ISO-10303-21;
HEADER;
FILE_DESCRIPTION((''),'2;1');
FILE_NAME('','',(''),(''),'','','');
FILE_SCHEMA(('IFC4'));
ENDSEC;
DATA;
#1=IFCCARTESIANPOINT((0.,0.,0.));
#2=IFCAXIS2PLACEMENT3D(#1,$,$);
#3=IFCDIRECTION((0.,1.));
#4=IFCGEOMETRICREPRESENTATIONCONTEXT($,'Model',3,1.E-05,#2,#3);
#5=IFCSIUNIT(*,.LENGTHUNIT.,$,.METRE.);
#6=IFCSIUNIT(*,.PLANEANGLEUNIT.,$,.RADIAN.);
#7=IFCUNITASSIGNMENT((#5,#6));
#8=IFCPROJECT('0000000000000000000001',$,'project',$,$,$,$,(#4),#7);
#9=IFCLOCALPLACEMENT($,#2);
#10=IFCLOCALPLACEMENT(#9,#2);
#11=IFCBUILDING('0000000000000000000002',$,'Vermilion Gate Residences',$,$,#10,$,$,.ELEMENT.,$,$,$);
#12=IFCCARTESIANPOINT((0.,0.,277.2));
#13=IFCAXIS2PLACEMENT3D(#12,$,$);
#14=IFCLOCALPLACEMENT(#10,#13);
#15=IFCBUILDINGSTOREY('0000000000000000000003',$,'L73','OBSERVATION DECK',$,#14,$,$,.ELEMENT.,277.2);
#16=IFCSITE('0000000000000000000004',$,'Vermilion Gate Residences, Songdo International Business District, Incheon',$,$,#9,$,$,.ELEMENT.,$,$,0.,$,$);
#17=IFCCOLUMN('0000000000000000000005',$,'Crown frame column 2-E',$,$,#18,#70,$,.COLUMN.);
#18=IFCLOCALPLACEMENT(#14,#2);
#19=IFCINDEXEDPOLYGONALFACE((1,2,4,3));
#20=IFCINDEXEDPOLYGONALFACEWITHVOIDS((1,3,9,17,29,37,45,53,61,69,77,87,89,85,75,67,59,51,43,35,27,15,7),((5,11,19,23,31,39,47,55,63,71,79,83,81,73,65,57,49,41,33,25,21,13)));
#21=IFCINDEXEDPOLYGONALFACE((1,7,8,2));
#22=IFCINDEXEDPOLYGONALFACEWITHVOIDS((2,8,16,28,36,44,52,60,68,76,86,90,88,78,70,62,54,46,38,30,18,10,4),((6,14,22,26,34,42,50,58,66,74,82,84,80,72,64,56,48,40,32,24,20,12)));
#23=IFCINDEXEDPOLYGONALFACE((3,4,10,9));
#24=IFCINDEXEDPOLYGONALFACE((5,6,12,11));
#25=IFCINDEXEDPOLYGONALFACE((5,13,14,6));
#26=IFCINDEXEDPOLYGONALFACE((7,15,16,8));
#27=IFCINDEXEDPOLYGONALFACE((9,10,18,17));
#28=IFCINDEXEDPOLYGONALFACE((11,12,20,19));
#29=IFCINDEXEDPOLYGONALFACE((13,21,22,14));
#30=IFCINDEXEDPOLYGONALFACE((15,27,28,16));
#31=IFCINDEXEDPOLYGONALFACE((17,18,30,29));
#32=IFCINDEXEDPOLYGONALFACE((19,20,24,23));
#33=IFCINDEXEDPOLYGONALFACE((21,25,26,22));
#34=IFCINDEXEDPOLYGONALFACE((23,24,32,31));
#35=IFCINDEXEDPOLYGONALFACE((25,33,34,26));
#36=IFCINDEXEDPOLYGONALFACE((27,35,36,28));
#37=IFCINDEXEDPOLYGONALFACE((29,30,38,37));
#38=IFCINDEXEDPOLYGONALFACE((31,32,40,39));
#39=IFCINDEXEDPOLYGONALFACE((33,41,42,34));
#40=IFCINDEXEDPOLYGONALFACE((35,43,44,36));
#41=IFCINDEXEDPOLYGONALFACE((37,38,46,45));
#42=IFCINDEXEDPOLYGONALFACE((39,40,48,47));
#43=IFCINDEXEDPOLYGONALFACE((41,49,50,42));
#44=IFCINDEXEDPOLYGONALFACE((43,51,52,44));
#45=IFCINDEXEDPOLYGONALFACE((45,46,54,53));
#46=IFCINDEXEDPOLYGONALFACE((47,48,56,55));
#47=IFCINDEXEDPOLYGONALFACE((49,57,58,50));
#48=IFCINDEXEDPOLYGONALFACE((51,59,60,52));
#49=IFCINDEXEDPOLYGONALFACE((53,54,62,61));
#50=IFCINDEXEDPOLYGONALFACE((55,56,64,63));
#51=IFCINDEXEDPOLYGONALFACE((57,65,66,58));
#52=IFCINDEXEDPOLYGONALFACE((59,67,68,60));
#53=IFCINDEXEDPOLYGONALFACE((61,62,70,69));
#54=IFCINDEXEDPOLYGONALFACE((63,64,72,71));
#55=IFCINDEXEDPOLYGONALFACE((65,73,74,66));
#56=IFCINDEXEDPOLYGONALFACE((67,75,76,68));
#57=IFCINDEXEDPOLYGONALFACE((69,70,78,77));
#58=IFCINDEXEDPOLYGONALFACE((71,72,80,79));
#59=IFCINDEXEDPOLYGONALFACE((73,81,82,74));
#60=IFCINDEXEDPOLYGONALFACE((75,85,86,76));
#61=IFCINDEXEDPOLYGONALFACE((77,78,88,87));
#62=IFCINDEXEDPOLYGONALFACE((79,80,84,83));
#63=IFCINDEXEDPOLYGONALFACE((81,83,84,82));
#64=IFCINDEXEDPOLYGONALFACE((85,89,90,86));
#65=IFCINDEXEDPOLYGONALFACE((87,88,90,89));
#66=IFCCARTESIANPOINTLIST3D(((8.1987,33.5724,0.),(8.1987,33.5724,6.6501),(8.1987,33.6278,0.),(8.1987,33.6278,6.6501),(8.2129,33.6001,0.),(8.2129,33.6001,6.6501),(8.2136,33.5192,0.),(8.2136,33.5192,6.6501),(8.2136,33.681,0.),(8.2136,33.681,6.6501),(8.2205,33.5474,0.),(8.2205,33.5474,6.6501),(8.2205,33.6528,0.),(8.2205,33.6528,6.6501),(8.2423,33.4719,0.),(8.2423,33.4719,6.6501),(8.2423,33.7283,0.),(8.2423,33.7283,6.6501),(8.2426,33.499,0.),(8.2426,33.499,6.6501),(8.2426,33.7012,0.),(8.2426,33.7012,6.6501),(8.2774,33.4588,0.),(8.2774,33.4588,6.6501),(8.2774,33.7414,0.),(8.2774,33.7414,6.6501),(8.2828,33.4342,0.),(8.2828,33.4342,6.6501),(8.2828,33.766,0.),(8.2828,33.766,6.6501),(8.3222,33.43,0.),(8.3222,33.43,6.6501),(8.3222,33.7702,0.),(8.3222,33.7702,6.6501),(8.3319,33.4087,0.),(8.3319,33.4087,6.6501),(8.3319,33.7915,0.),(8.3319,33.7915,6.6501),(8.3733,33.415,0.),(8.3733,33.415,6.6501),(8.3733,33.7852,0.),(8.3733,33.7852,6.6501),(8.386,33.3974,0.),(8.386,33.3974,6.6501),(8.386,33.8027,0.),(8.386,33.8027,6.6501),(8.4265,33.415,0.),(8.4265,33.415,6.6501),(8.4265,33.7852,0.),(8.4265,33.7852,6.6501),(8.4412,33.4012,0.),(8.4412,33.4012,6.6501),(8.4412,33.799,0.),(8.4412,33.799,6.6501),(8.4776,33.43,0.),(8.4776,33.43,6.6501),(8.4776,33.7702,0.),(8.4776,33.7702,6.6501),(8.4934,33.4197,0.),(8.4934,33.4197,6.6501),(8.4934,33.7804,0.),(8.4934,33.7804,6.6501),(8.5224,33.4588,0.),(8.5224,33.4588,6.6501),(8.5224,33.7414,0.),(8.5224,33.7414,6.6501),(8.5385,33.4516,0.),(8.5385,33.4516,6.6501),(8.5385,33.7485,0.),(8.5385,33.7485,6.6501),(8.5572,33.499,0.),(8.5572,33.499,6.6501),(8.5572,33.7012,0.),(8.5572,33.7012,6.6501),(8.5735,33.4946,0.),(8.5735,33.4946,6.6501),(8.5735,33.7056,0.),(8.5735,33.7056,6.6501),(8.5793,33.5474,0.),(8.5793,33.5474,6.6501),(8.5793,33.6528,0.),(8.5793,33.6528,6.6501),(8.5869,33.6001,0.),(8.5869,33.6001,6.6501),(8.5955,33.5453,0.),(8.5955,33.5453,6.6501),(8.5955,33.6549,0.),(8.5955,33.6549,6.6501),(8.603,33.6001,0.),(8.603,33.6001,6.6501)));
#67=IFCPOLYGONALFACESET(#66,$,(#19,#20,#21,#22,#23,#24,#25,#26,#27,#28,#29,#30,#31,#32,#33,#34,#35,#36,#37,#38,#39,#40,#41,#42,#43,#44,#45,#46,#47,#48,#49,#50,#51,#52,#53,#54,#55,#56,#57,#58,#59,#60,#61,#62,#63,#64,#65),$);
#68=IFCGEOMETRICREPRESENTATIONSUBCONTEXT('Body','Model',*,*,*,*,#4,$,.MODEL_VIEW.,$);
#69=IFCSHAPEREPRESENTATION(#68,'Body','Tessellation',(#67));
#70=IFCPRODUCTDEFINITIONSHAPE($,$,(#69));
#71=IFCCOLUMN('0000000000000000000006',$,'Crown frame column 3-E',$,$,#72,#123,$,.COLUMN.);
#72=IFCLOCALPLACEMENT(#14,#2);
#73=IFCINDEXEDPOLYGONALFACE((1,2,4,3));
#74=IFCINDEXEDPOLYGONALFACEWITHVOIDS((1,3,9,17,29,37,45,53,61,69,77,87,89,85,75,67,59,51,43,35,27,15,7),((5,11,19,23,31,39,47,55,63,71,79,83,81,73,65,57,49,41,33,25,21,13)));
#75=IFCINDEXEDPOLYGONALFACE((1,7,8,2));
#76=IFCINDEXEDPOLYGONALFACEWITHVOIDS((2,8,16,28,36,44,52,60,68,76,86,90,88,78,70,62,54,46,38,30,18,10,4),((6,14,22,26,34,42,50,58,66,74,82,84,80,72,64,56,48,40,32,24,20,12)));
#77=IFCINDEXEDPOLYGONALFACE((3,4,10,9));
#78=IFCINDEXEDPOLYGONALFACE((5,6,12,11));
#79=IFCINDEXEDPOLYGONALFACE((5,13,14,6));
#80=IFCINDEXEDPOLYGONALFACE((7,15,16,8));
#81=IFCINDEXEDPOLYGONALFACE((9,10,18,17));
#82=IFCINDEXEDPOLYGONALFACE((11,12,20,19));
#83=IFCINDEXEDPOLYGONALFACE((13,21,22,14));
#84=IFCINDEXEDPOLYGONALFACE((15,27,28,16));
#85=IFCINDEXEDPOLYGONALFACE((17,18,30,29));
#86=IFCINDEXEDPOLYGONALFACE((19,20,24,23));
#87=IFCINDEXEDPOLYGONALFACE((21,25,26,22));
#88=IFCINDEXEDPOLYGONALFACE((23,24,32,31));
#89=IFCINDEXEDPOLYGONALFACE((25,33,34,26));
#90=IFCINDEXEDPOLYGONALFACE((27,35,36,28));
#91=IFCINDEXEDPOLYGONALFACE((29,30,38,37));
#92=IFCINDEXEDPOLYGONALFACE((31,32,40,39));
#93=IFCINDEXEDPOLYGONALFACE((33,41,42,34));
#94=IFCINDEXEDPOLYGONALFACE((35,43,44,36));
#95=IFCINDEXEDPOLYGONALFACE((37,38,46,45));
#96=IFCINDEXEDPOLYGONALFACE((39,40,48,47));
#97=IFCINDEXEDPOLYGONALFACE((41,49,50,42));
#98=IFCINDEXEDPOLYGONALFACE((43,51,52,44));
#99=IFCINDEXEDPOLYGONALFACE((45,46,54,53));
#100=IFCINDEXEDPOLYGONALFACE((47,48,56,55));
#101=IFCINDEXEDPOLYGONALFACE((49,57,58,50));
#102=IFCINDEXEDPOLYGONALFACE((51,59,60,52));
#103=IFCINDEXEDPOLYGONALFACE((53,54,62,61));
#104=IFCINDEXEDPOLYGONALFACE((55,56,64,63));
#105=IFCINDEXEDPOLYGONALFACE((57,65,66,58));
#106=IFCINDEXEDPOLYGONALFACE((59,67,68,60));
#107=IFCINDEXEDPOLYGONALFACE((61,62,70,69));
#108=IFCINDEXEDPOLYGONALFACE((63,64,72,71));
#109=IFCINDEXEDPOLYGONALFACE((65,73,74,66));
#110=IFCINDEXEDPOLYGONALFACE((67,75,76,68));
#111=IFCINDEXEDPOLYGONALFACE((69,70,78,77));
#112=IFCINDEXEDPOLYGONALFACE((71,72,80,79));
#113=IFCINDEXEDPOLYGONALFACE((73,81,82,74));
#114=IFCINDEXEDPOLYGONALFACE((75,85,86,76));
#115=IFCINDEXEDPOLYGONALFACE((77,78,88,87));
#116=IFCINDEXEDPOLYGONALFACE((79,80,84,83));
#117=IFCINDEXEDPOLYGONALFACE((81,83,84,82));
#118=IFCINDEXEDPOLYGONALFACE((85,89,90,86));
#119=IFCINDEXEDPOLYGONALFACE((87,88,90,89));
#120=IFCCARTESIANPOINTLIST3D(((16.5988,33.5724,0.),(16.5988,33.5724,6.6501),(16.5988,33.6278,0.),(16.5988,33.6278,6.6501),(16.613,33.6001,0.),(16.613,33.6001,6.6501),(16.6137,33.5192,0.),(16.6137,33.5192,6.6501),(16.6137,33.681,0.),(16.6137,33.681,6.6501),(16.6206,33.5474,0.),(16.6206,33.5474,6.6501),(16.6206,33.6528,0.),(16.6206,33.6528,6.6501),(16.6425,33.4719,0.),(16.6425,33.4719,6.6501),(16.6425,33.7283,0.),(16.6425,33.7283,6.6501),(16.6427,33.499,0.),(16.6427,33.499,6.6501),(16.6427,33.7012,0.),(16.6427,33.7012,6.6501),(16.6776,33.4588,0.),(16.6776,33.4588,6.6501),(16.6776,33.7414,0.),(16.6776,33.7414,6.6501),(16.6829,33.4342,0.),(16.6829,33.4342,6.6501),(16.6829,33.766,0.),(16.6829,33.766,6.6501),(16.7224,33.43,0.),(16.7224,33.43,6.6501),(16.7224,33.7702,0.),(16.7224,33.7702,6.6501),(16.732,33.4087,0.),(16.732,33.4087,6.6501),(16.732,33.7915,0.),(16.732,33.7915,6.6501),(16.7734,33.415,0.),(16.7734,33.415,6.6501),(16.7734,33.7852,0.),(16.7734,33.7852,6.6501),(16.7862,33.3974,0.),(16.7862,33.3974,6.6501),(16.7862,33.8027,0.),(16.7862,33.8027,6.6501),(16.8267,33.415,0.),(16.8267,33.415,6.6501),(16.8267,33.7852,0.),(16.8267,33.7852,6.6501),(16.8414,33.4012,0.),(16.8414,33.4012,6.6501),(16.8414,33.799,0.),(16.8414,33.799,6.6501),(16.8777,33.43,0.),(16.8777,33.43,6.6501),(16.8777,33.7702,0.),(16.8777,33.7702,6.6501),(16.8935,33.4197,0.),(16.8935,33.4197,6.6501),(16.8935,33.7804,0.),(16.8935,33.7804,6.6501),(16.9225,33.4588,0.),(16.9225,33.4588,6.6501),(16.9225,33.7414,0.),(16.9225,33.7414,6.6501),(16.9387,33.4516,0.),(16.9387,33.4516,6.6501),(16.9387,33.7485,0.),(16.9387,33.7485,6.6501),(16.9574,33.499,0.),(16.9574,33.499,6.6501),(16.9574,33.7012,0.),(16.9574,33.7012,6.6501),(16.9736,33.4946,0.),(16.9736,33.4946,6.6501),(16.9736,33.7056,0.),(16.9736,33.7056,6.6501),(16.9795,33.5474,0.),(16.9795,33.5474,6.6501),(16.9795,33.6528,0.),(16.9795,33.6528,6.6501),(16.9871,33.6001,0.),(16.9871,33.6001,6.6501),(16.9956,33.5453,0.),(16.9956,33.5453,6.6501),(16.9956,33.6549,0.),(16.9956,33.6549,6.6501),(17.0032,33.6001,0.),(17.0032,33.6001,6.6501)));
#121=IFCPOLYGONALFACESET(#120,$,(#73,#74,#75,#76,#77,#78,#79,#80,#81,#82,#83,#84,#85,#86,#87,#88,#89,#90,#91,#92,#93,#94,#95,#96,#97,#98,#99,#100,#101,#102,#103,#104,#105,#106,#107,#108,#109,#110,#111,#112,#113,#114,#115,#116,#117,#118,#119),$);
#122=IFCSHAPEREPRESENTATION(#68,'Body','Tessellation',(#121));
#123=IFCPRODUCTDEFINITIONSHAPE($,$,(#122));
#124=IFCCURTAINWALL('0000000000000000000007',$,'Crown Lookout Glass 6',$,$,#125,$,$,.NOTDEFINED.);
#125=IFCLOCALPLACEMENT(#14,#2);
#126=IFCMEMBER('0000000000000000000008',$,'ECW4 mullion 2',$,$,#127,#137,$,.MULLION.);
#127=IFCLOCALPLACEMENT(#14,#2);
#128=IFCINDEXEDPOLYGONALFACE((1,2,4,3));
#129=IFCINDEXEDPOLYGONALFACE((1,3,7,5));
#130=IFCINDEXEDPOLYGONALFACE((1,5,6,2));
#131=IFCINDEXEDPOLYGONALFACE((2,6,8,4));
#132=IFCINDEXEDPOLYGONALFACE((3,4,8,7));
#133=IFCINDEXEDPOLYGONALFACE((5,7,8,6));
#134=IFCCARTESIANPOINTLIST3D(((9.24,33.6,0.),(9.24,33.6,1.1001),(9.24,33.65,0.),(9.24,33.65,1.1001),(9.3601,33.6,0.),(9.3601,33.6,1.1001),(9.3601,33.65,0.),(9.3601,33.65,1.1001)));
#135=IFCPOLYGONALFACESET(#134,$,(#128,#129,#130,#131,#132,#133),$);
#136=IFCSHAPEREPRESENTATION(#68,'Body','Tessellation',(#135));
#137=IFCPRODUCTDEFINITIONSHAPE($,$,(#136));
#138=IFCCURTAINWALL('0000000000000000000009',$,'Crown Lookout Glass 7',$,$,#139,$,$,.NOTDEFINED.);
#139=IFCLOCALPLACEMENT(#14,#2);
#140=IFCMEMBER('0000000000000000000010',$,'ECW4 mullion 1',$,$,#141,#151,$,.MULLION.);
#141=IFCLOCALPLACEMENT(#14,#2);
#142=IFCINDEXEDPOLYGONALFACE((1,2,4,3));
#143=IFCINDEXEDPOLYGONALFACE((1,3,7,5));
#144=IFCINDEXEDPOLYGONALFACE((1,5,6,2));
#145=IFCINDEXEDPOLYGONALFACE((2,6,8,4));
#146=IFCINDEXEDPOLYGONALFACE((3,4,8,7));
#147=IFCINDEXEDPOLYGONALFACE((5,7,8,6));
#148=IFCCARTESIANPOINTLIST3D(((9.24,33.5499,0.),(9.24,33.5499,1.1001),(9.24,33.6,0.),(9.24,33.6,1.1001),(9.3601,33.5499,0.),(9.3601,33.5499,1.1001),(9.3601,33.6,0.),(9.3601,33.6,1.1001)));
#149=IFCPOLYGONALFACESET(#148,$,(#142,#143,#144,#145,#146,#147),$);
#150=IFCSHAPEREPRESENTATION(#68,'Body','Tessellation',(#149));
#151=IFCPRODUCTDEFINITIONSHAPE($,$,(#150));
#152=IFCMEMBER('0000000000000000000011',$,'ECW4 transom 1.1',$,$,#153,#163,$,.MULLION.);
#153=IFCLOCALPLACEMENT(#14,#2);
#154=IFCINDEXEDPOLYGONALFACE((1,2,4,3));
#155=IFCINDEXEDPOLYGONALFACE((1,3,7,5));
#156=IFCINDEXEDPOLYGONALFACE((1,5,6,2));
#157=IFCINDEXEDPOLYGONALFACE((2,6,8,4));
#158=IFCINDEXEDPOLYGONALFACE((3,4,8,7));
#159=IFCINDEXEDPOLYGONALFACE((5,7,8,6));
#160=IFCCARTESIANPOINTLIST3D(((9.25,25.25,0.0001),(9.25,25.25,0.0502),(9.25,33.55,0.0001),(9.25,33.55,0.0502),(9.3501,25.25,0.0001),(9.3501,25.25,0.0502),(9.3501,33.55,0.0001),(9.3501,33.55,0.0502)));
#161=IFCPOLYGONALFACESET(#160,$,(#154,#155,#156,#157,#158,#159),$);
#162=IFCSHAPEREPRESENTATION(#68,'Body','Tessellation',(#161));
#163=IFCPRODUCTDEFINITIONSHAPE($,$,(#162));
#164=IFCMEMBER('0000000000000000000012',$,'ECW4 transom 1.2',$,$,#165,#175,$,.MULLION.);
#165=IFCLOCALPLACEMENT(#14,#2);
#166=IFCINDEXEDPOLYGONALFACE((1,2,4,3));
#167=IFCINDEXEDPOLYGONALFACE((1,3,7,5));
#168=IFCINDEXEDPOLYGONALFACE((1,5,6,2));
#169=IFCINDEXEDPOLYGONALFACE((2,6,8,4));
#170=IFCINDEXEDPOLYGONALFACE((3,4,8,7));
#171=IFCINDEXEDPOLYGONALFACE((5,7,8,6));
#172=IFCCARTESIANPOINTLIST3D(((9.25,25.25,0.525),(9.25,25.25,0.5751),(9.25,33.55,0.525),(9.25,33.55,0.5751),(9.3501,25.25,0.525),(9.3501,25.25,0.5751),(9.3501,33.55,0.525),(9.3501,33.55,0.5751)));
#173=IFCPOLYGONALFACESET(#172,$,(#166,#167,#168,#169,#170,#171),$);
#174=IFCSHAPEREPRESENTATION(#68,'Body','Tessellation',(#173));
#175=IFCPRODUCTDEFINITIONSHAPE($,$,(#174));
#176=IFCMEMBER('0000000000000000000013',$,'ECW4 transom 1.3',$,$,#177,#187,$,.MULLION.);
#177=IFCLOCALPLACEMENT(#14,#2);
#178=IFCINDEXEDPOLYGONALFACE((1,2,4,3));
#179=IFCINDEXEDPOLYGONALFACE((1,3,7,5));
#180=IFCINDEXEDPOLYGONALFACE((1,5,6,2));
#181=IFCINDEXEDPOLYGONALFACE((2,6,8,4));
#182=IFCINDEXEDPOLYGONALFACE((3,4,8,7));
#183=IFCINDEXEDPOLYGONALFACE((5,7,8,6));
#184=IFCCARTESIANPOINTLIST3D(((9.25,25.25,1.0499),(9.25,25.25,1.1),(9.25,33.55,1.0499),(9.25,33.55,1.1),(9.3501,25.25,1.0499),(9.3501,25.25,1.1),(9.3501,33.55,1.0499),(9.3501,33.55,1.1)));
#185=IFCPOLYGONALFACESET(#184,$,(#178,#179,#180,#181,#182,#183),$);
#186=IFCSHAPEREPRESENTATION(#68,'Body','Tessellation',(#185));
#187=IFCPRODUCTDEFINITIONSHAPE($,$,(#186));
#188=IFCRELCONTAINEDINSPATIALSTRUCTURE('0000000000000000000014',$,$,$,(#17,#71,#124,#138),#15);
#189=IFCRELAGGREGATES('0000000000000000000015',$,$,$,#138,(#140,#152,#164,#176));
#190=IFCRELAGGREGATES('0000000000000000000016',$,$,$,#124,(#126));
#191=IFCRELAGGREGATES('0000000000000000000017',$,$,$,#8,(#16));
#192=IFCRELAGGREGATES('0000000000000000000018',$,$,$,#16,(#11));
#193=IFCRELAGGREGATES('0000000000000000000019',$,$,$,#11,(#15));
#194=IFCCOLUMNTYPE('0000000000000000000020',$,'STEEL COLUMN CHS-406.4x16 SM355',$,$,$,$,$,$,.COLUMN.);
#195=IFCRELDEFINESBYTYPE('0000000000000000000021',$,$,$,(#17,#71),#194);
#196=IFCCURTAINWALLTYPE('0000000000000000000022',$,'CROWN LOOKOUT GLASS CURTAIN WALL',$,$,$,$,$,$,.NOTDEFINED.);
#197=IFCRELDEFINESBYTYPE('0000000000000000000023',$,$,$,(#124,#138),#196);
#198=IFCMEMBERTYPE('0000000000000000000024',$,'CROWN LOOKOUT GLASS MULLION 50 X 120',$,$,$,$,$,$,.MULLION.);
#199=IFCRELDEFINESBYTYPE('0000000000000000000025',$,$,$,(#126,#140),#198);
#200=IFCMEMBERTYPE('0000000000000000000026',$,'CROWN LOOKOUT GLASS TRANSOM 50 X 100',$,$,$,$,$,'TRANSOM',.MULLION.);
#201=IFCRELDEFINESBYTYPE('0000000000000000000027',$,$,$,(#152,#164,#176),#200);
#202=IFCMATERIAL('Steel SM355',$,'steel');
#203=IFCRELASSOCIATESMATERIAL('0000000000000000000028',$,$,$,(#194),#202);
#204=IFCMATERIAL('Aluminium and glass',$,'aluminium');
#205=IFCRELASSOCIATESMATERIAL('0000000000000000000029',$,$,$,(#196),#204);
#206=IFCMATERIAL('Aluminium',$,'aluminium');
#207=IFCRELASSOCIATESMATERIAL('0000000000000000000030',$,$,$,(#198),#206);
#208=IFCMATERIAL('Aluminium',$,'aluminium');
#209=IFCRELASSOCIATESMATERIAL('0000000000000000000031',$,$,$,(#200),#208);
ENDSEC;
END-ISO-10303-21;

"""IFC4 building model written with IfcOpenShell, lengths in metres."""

from ifc_helpers import new_model, si_unit, direction, frame, origin, origin_2d, place, context, subcontext, project, spatial, rectangle, hollow_circle, extrude, material, material_profile, profile_set, type_object, element, aggregate, save


model = new_model("IFC4")

# Units and contexts
model_context = context("Model", 3, precision=1e-05, world=origin(), true_north=direction((0.0, 1.0)))
body_context = subcontext(model_context, "Body", "Model", "MODEL_VIEW")
ifc_project = project(units=[si_unit("LENGTHUNIT", "METRE"), si_unit("PLANEANGLEUNIT", "RADIAN")], contexts=[model_context])

# Site, building, storey
site_placement = place(None, origin())
site = spatial("IfcSite", under=ifc_project, at=site_placement, Name="Vermilion Gate Residences, Songdo International Business District, Incheon", CompositionType="ELEMENT", RefElevation=0.0)
building_placement = place(site_placement, origin())
building = spatial("IfcBuilding", under=site, at=building_placement, Name="Vermilion Gate Residences", CompositionType="ELEMENT")
storey_placement = place(building_placement, frame((0.0, 0.0, 277.2)))
storey = spatial("IfcBuildingStorey", under=building, at=storey_placement, Name="L73", Description="OBSERVATION DECK", CompositionType="ELEMENT", Elevation=277.2)

# Columns
ifc_material_1 = material(Name="Steel SM355", Category="steel")
ifc_material_profile_1 = material_profile(ifc_material_1, hollow_circle(Radius=0.2031, WallThickness=0.0161, at=origin_2d()), Name="CHS-406.4x16")
ifc_profile_set_1 = profile_set([ifc_material_profile_1], Name="Steel SM355")
column_type = type_object("IfcColumnType", Name="STEEL COLUMN CHS-406.4x16 SM355", PredefinedType="COLUMN", material=ifc_profile_set_1)
for number, where, z_axis, x_axis, name in (
    (1, (8.3999, 33.6001, 0.0), (0.0, 0.0, 1.0), (1.0, 0.0, 0.0), "Crown frame column 2-E"),
    (2, (16.8, 33.6001, 0.0), (0.0, 0.0, 1.0), (1.0, 0.0, 0.0), "Crown frame column 3-E"),
):
    element("IfcColumn", number, at=place(storey_placement, frame(where, z_axis=z_axis, x_axis=x_axis)), inside=storey, type_object=column_type, Name=name, PredefinedType="COLUMN", context=body_context, shape_type="SweptSolid", body=[
        extrude(hollow_circle(Radius=0.2031, WallThickness=0.0161, at=origin_2d()), origin(), (0.0, 0.0, 1.0), 6.6501),
    ])

# Curtain wall, member
ifc_material_2 = material(Name="Aluminium and glass", Category="aluminium")
curtain_wall_type = type_object("IfcCurtainWallType", Name="CROWN LOOKOUT GLASS CURTAIN WALL", PredefinedType="NOTDEFINED", material=ifc_material_2)
curtain_wall_1_placement = place(storey_placement, origin())
curtain_wall_1 = element("IfcCurtainWall", 3, at=curtain_wall_1_placement, inside=storey, type_object=curtain_wall_type, Name="Crown Lookout Glass 6", PredefinedType="NOTDEFINED")
ifc_material_3 = material(Name="Aluminium", Category="aluminium")
ifc_material_profile_2 = material_profile(ifc_material_3, rectangle(XDim=0.1201, YDim=0.05, at=origin_2d()), Name="MULLION 50 X 120")
ifc_profile_set_2 = profile_set([ifc_material_profile_2], Name="Aluminium")
member_type_1 = type_object("IfcMemberType", Name="CROWN LOOKOUT GLASS MULLION 50 X 120", PredefinedType="MULLION", material=ifc_profile_set_2)
member_1_placement = place(storey_placement, frame((9.3, 33.625, 0.0), z_axis=(0.0, 0.0, 1.0), x_axis=(1.0, 0.0, 0.0)))
member_1 = element("IfcMember", 4, at=member_1_placement, type_object=member_type_1, Name="ECW4 mullion 2", PredefinedType="MULLION", context=body_context, shape_type="SweptSolid", body=[
    extrude(rectangle(XDim=0.1201, YDim=0.05, at=origin_2d()), origin(), (0.0, 0.0, 1.0), 1.1001),
])

# Curtain wall, members
curtain_wall_2_placement = place(storey_placement, origin())
curtain_wall_2 = element("IfcCurtainWall", 5, at=curtain_wall_2_placement, inside=storey, type_object=curtain_wall_type, Name="Crown Lookout Glass 7", PredefinedType="NOTDEFINED")
member_2_placement = place(storey_placement, frame((9.3, 33.575, 0.0), z_axis=(0.0, 0.0, 1.0), x_axis=(1.0, 0.0, 0.0)))
member_2 = element("IfcMember", 6, at=member_2_placement, type_object=member_type_1, Name="ECW4 mullion 1", PredefinedType="MULLION", context=body_context, shape_type="SweptSolid", body=[
    extrude(rectangle(XDim=0.1201, YDim=0.05, at=origin_2d()), origin(), (0.0, 0.0, 1.0), 1.1001),
])
ifc_material_4 = material(Name="Aluminium", Category="aluminium")
ifc_material_profile_3 = material_profile(ifc_material_4, rectangle(XDim=0.1001, YDim=0.05, at=origin_2d()), Name="TRANSOM 50 X 100")
ifc_profile_set_3 = profile_set([ifc_material_profile_3], Name="Aluminium")
member_type_2 = type_object("IfcMemberType", Name="CROWN LOOKOUT GLASS TRANSOM 50 X 100", ElementType="TRANSOM", PredefinedType="MULLION", material=ifc_profile_set_3)
member_3_placement = place(storey_placement, frame((9.3, 33.55, 0.0251), z_axis=(0.0, -1.0, 0.0), x_axis=(1.0, 0.0, 0.0)))
member_3 = element("IfcMember", 7, at=member_3_placement, type_object=member_type_2, Name="ECW4 transom 1.1", PredefinedType="MULLION", context=body_context, shape_type="SweptSolid", body=[
    extrude(rectangle(XDim=0.1001, YDim=0.05, at=origin_2d()), origin(), (0.0, 0.0, 1.0), 8.3),
])
member_4_placement = place(storey_placement, frame((9.3, 33.55, 0.55), z_axis=(0.0, -1.0, 0.0), x_axis=(1.0, 0.0, 0.0)))
member_4 = element("IfcMember", 8, at=member_4_placement, type_object=member_type_2, Name="ECW4 transom 1.2", PredefinedType="MULLION", context=body_context, shape_type="SweptSolid", body=[
    extrude(rectangle(XDim=0.1001, YDim=0.05, at=origin_2d()), origin(), (0.0, 0.0, 1.0), 8.3),
])
member_5_placement = place(storey_placement, frame((9.3, 33.55, 1.075), z_axis=(0.0, -1.0, 0.0), x_axis=(1.0, 0.0, 0.0)))
member_5 = element("IfcMember", 9, at=member_5_placement, type_object=member_type_2, Name="ECW4 transom 1.3", PredefinedType="MULLION", context=body_context, shape_type="SweptSolid", body=[
    extrude(rectangle(XDim=0.1001, YDim=0.05, at=origin_2d()), origin(), (0.0, 0.0, 1.0), 8.3),
])
aggregate(curtain_wall_2, [member_2, member_3, member_4, member_5])

aggregate(curtain_wall_1, [member_1])

save(model, "model.ifc")
